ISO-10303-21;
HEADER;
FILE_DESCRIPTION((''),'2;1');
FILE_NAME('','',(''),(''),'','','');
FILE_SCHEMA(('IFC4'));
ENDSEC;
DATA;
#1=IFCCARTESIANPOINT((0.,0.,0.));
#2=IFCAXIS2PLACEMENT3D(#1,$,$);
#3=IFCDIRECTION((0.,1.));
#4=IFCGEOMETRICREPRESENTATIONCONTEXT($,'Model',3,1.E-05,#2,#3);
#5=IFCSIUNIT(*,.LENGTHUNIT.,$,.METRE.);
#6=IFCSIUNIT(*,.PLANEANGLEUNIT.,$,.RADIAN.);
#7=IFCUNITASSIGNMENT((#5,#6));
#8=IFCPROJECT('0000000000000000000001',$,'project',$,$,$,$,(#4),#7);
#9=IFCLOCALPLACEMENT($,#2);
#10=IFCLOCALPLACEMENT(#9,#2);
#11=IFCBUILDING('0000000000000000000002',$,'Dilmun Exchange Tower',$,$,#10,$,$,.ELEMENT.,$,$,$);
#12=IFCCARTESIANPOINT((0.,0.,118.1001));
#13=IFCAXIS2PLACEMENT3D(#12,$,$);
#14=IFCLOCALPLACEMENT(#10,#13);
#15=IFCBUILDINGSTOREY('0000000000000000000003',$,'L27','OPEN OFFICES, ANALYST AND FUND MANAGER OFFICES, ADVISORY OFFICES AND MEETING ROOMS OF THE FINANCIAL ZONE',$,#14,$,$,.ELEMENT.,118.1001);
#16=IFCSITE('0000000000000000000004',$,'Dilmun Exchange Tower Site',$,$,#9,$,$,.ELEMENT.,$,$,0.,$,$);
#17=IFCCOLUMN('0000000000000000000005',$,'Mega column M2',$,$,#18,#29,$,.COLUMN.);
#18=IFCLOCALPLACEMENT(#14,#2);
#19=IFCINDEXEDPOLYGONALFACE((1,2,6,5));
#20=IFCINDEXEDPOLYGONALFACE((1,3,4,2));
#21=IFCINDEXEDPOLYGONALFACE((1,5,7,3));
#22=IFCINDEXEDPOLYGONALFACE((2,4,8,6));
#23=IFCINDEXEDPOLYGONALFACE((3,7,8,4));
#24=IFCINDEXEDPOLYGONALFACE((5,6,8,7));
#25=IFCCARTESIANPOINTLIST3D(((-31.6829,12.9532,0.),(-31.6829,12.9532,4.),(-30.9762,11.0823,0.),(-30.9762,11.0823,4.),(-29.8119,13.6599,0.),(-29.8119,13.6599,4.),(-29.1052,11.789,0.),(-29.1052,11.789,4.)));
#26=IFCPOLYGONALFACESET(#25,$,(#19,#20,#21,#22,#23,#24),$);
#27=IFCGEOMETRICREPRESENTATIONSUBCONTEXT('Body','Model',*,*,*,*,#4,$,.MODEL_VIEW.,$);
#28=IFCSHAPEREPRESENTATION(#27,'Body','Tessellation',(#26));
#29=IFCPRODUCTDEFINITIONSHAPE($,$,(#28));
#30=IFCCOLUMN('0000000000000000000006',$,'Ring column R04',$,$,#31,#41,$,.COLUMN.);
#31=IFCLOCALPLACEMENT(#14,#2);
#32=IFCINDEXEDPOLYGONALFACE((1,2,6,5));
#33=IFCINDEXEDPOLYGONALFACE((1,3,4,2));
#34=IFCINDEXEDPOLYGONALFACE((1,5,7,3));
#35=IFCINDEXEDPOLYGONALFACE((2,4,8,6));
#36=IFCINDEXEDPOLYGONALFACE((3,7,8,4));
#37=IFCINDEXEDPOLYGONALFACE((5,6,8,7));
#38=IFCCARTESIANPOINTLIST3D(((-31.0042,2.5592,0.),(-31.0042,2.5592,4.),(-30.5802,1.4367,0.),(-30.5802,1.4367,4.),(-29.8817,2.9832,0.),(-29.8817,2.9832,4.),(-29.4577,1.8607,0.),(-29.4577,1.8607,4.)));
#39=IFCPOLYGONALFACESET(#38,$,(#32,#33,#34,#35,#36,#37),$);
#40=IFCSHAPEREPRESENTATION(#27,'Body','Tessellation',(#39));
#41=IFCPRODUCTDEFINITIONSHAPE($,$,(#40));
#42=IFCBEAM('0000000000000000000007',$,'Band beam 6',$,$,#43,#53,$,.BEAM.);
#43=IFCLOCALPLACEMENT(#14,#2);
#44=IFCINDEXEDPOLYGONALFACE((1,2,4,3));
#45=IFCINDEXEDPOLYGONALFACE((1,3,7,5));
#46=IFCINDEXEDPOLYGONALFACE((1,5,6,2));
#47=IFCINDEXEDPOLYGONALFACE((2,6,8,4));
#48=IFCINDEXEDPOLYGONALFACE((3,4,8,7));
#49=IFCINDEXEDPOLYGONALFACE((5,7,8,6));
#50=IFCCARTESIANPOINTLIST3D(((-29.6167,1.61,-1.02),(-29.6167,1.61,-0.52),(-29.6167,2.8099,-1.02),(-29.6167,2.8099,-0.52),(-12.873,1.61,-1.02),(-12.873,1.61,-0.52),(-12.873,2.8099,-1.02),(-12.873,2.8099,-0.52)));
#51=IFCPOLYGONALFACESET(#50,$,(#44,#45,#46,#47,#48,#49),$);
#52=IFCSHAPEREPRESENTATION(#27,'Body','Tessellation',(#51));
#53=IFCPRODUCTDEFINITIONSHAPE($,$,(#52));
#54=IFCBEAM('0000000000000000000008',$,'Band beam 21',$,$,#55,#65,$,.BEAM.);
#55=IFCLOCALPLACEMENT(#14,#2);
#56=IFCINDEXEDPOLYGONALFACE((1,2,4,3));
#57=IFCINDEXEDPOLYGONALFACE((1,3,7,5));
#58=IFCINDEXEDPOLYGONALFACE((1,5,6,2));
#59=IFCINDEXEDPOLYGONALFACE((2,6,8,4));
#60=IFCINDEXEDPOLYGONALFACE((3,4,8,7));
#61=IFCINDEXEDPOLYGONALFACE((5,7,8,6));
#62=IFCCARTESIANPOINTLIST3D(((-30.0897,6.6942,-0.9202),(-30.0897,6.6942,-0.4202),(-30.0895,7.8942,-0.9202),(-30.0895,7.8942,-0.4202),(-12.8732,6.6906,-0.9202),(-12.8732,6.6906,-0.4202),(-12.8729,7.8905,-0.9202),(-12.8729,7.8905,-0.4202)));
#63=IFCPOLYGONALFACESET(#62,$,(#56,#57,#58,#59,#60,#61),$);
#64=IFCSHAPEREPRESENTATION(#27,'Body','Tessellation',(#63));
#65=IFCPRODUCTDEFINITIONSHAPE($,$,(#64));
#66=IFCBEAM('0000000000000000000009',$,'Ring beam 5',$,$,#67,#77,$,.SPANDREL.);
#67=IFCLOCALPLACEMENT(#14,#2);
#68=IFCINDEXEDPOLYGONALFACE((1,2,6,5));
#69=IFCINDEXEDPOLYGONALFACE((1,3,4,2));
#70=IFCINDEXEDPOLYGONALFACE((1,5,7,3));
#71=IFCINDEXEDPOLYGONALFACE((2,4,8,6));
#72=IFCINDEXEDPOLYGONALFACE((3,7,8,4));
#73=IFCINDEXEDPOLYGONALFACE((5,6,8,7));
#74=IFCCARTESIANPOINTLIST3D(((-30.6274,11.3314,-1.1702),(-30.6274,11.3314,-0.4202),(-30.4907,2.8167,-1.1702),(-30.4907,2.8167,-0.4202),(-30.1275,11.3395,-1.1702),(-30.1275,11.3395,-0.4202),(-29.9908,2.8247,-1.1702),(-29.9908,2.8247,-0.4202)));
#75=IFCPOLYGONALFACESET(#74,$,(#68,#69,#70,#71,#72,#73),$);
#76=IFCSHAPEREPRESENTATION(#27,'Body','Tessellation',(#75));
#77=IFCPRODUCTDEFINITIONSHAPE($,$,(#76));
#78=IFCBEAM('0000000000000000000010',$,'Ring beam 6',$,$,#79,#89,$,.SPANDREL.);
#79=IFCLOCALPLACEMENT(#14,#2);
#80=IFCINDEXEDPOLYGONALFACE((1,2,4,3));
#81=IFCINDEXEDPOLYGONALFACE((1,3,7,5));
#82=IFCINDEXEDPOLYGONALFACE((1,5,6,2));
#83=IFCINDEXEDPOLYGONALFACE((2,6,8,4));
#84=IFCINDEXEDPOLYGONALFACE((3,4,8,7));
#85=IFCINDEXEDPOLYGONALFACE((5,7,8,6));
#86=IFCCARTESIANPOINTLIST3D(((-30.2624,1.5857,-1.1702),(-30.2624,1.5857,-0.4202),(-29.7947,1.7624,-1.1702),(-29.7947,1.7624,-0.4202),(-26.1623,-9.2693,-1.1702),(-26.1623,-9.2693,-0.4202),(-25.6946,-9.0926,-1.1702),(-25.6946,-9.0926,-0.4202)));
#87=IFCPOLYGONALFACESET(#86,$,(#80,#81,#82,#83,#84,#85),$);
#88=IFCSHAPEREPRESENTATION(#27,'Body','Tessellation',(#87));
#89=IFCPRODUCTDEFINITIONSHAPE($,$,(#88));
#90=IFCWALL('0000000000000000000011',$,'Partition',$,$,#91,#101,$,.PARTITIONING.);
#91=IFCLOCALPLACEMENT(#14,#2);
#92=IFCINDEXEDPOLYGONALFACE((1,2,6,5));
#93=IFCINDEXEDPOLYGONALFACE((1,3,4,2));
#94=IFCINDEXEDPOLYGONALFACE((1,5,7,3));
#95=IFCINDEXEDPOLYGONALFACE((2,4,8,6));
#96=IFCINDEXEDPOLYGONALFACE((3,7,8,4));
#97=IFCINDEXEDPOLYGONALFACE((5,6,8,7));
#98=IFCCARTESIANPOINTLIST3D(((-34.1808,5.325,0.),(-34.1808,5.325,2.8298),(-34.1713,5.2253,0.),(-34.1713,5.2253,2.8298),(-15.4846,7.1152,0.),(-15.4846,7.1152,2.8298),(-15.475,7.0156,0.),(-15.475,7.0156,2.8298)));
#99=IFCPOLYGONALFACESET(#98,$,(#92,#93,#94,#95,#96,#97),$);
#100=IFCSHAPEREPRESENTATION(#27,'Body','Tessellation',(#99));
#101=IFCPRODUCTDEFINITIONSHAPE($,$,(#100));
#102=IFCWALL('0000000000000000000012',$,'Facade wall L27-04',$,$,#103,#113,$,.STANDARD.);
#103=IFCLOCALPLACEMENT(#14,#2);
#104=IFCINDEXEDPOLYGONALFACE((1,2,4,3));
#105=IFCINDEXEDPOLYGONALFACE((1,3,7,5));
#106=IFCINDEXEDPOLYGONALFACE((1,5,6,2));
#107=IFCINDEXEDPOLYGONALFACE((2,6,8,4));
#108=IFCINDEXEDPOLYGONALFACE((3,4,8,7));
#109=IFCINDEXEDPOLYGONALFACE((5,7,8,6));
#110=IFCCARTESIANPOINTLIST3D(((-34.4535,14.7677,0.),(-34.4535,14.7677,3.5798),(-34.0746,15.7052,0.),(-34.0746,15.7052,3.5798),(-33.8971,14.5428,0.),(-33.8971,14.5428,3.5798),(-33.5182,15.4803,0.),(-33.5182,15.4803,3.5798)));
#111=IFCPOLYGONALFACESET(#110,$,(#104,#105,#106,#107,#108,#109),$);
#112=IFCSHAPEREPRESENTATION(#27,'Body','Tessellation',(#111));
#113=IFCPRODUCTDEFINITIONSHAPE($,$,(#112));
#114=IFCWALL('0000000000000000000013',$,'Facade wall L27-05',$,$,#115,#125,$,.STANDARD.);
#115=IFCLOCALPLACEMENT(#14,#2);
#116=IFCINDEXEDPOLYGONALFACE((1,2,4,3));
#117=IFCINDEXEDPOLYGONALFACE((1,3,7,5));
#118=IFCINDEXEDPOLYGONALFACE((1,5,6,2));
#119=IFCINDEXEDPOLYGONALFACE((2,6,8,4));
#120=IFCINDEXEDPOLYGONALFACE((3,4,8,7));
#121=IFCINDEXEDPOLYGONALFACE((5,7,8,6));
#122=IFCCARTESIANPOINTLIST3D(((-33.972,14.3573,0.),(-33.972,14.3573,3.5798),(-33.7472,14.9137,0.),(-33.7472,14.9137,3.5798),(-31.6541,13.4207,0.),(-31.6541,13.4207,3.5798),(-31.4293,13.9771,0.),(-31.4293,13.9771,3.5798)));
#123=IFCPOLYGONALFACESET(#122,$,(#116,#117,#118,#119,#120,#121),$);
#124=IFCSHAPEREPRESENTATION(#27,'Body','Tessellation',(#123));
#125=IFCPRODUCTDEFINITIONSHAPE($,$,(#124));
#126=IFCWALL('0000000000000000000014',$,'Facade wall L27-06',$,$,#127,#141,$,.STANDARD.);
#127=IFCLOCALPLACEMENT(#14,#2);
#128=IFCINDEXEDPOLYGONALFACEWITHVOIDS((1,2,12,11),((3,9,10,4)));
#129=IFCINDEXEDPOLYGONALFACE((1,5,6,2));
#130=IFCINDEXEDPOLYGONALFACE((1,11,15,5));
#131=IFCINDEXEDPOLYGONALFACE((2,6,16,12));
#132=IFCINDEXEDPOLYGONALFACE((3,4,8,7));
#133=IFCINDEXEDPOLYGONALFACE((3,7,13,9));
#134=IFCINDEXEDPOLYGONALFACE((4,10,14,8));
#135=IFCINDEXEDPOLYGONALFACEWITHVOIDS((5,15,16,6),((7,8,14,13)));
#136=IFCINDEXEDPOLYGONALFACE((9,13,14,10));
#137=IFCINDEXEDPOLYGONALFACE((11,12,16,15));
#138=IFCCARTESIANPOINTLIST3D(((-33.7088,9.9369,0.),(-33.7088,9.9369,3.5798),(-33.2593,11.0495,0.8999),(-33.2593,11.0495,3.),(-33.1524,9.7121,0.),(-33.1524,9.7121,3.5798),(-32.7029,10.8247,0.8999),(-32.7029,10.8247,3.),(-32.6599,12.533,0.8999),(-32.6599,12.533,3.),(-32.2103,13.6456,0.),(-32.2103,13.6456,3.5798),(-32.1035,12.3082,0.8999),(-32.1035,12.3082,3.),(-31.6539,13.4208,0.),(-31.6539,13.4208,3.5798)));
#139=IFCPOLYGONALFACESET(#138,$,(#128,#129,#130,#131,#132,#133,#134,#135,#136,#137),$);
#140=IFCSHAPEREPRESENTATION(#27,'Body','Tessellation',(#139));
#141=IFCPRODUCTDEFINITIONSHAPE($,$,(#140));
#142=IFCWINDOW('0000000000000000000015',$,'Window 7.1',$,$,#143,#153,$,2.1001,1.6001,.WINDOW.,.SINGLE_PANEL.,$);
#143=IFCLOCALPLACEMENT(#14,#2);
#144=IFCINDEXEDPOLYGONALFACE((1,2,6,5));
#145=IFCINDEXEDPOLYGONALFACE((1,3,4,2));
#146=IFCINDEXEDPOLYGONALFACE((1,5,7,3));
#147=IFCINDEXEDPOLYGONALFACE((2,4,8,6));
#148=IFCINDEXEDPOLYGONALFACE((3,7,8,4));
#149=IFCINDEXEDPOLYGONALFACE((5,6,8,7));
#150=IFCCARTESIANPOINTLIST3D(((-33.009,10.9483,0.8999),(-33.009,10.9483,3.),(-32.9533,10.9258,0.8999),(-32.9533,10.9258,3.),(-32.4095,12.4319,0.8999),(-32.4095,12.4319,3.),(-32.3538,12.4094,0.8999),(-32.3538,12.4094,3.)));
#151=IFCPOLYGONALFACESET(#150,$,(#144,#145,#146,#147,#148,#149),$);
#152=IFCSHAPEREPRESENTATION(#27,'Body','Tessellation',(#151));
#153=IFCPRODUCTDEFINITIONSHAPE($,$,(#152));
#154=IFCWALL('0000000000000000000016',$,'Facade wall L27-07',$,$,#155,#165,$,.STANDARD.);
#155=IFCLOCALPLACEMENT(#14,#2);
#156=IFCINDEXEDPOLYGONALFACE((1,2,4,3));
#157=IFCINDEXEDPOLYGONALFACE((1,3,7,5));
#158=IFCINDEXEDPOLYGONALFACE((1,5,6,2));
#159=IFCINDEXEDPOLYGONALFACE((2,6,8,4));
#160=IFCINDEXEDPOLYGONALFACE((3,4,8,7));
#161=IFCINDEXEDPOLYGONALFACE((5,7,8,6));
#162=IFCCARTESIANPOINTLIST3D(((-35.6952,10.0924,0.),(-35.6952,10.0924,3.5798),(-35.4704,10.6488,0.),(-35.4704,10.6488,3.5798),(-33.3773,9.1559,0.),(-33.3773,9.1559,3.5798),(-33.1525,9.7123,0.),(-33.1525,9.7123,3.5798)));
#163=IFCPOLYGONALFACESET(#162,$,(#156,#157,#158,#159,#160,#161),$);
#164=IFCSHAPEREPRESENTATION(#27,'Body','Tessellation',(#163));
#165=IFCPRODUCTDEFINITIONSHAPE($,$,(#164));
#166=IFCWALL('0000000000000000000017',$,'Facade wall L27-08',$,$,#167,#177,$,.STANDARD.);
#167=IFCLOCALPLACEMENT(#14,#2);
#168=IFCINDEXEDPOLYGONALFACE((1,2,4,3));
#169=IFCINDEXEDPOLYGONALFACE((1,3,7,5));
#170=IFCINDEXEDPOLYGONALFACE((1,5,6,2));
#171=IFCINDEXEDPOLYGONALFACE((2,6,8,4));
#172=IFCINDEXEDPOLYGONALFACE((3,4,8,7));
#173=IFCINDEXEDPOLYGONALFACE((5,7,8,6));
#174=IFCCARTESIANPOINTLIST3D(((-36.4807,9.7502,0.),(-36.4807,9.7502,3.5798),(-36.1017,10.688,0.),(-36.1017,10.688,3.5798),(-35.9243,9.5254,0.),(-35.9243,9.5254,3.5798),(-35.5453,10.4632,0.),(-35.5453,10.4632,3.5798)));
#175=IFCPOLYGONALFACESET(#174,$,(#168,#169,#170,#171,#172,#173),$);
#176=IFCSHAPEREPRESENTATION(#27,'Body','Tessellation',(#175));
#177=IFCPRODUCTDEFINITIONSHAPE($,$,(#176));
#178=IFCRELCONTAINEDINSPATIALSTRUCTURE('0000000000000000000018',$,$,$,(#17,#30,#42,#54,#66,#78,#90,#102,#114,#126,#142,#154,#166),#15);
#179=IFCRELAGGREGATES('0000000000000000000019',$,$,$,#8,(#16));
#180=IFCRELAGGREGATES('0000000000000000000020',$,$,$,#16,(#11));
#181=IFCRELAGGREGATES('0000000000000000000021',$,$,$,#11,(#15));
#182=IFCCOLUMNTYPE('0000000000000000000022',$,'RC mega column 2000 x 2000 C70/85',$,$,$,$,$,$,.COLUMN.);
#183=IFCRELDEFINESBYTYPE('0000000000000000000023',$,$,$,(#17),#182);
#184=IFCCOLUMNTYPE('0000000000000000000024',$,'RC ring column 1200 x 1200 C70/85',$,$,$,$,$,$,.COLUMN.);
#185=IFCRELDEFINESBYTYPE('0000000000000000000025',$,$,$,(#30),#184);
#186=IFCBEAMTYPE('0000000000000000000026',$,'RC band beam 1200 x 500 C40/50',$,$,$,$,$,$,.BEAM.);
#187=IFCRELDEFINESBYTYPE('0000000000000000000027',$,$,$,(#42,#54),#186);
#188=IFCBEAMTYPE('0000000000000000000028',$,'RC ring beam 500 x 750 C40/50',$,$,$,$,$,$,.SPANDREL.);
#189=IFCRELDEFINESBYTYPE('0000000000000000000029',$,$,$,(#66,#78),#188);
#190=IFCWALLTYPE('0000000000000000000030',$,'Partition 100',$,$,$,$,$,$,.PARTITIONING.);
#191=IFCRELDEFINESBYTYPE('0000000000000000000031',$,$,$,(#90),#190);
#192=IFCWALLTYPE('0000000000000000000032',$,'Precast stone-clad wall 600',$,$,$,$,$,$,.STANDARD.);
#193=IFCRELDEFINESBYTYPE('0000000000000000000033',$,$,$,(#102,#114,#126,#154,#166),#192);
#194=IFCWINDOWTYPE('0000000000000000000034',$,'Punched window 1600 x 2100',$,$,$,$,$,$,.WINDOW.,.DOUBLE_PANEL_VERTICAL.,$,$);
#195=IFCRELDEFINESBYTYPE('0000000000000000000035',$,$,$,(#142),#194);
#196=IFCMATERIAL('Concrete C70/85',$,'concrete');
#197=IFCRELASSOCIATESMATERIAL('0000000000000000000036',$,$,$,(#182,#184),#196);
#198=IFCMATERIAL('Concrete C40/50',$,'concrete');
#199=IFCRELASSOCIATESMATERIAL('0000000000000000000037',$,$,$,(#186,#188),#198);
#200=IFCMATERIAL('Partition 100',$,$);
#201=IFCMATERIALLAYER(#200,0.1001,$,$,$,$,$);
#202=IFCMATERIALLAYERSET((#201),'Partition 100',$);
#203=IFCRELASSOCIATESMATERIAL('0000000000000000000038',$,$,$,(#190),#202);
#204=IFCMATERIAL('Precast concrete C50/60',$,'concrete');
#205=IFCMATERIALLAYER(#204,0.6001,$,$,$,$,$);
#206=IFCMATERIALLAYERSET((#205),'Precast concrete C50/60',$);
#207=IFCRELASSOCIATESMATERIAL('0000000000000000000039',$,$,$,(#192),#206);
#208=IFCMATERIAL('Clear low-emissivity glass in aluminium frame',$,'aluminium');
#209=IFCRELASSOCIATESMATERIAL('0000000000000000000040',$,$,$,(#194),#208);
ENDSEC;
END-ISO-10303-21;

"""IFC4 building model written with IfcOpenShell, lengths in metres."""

from ifc_helpers import new_model, si_unit, direction, frame, frame_2d, origin, origin_2d, place, context, subcontext, project, spatial, rectangle, extrude, material, layer, layer_set, material_profile, profile_set, type_object, element, fill, save


model = new_model("IFC4")

# Units and contexts
model_context = context("Model", 3, precision=1e-05, world=origin(), true_north=direction((0.0, 1.0)))
body_context = subcontext(model_context, "Body", "Model", "MODEL_VIEW")
ifc_project = project(units=[si_unit("LENGTHUNIT", "METRE"), si_unit("PLANEANGLEUNIT", "RADIAN")], contexts=[model_context])

# Site, building, storey
site_placement = place(None, origin())
site = spatial("IfcSite", under=ifc_project, at=site_placement, Name="Dilmun Exchange Tower Site", CompositionType="ELEMENT", RefElevation=0.0)
building_placement = place(site_placement, origin())
building = spatial("IfcBuilding", under=site, at=building_placement, Name="Dilmun Exchange Tower", CompositionType="ELEMENT")
storey_placement = place(building_placement, frame((0.0, 0.0, 118.1001)))
storey = spatial("IfcBuildingStorey", under=building, at=storey_placement, Name="L27", Description="OPEN OFFICES, ANALYST AND FUND MANAGER OFFICES, ADVISORY OFFICES AND MEETING ROOMS OF THE FINANCIAL ZONE", CompositionType="ELEMENT", Elevation=118.1001)

# Columns
ifc_material_1 = material(Name="Concrete C70/85", Category="concrete")
ifc_material_profile_1 = material_profile(ifc_material_1, rectangle(XDim=2.0, YDim=2.0, at=origin_2d()), Name="2000 x 2000")
ifc_profile_set_1 = profile_set([ifc_material_profile_1], Name="Concrete C70/85")
column_type_1 = type_object("IfcColumnType", Name="RC mega column 2000 x 2000 C70/85", PredefinedType="COLUMN", material=ifc_profile_set_1)
column_1_placement = place(storey_placement, frame((-30.394, 12.3711, 0.0), z_axis=(0.0, 0.0, 1.0), x_axis=(0.935492, 0.353349, 0.0)))
element("IfcColumn", 1, at=column_1_placement, inside=storey, type_object=column_type_1, Name="Mega column M2", PredefinedType="COLUMN", context=body_context, shape_type="SweptSolid", body=[
    extrude(rectangle(XDim=2.0, YDim=2.0, at=origin_2d()), origin(), (0.0, 0.0, 1.0), 4.0),
])
ifc_material_profile_2 = material_profile(ifc_material_1, rectangle(XDim=1.2, YDim=1.2, at=origin_2d()), Name="1200 x 1200")
ifc_profile_set_2 = profile_set([ifc_material_profile_2], Name="Concrete C70/85")
column_type_2 = type_object("IfcColumnType", Name="RC ring column 1200 x 1200 C70/85", PredefinedType="COLUMN", material=ifc_profile_set_2)
column_2_placement = place(storey_placement, frame((-30.231, 2.21, 0.0), z_axis=(0.0, 0.0, 1.0), x_axis=(0.935492, 0.353349, 0.0)))
element("IfcColumn", 2, at=column_2_placement, inside=storey, type_object=column_type_2, Name="Ring column R04", PredefinedType="COLUMN", context=body_context, shape_type="SweptSolid", body=[
    extrude(rectangle(XDim=1.2, YDim=1.2, at=origin_2d()), origin(), (0.0, 0.0, 1.0), 4.0),
])

# Beams
ifc_material_2 = material(Name="Concrete C40/50", Category="concrete")
ifc_material_profile_3 = material_profile(ifc_material_2, rectangle(XDim=1.2, YDim=0.5, at=origin_2d()), Name="1200 x 500")
ifc_profile_set_3 = profile_set([ifc_material_profile_3], Name="Concrete C40/50")
beam_type_1 = type_object("IfcBeamType", Name="RC band beam 1200 x 500 C40/50", PredefinedType="BEAM", material=ifc_profile_set_3)
beam_1_placement = place(storey_placement, frame((-29.6167, 2.21, -0.77), z_axis=(1.0, 0.0, 0.0), x_axis=(0.0, 1.0, 0.0)))
element("IfcBeam", 3, at=beam_1_placement, inside=storey, type_object=beam_type_1, Name="Band beam 6", PredefinedType="BEAM", context=body_context, shape_type="SweptSolid", body=[
    extrude(rectangle(XDim=1.2, YDim=0.5, at=origin_2d()), origin(), (0.0, 0.0, 1.0), 16.7437),
])
beam_2_placement = place(storey_placement, frame((-30.0896, 7.2942, -0.6702), z_axis=(1.0, -0.000213, 0.0), x_axis=(0.000213, 1.0, 0.0)))
element("IfcBeam", 4, at=beam_2_placement, inside=storey, type_object=beam_type_1, Name="Band beam 21", PredefinedType="BEAM", context=body_context, shape_type="SweptSolid", body=[
    extrude(rectangle(XDim=1.2, YDim=0.5, at=origin_2d()), origin(), (0.0, 0.0, 1.0), 17.2166),
])
ifc_material_profile_4 = material_profile(ifc_material_2, rectangle(XDim=0.5, YDim=0.75, at=origin_2d()), Name="500 x 750")
ifc_profile_set_4 = profile_set([ifc_material_profile_4], Name="Concrete C40/50")
beam_type_2 = type_object("IfcBeamType", Name="RC ring beam 500 x 750 C40/50", PredefinedType="SPANDREL", material=ifc_profile_set_4)
beam_3_placement = place(storey_placement, frame((-30.3774, 11.3354, -0.7952), z_axis=(0.016054, -0.999871, 0.0), x_axis=(0.999871, 0.016054, 0.0)))
element("IfcBeam", 5, at=beam_3_placement, inside=storey, type_object=beam_type_2, Name="Ring beam 5", PredefinedType="SPANDREL", context=body_context, shape_type="SweptSolid", body=[
    extrude(rectangle(XDim=0.5, YDim=0.75, at=origin_2d()), origin(), (0.0, 0.0, 1.0), 8.5159),
])
beam_4_placement = place(storey_placement, frame((-30.0286, 1.6741, -0.7952), z_axis=(0.35335, -0.935491, 0.0), x_axis=(0.935491, 0.35335, 0.0)))
element("IfcBeam", 6, at=beam_4_placement, inside=storey, type_object=beam_type_2, Name="Ring beam 6", PredefinedType="SPANDREL", context=body_context, shape_type="SweptSolid", body=[
    extrude(rectangle(XDim=0.5, YDim=0.75, at=origin_2d()), origin(), (0.0, 0.0, 1.0), 11.6035),
])

# Walls
ifc_material_3 = material(Name="Partition 100")
ifc_layer_1 = layer(ifc_material_3, 0.1001)
ifc_layer_set_1 = layer_set([ifc_layer_1], Name="Partition 100")
wall_type_1 = type_object("IfcWallType", Name="Partition 100", PredefinedType="PARTITIONING", material=ifc_layer_set_1)
wall_1_placement = place(storey_placement, frame((-34.176, 5.2751, 0.0), z_axis=(0.0, 0.0, 1.0), x_axis=(0.995447, 0.09532, 0.0)))
element("IfcWall", 7, at=wall_1_placement, inside=storey, type_object=wall_type_1, Name="Partition", PredefinedType="PARTITIONING", context=body_context, shape_type="SweptSolid", body=[
    extrude(rectangle(XDim=18.7817, YDim=0.1001, at=frame_2d((9.3909, 0.0))), origin(), (0.0, 0.0, 1.0), 2.8298),
])
ifc_material_4 = material(Name="Precast concrete C50/60", Category="concrete")
ifc_layer_2 = layer(ifc_material_4, 0.6001)
ifc_layer_set_2 = layer_set([ifc_layer_2], Name="Precast concrete C50/60")
wall_type_2 = type_object("IfcWallType", Name="Precast stone-clad wall 600", PredefinedType="STANDARD", material=ifc_layer_set_2)
wall_2_placement = place(storey_placement, frame((-33.7964, 15.5928, 0.0), z_axis=(0.0, 0.0, 1.0), x_axis=(-0.374719, -0.927139, 0.0)))
element("IfcWall", 8, at=wall_2_placement, inside=storey, type_object=wall_type_2, Name="Facade wall L27-04", PredefinedType="STANDARD", context=body_context, shape_type="SweptSolid", body=[
    extrude(rectangle(XDim=1.0112, YDim=0.6001, at=frame_2d((0.5056, 0.0))), origin(), (0.0, 0.0, 1.0), 3.5798),
])
wall_3_placement = place(storey_placement, frame((-33.8596, 14.6355, 0.0), z_axis=(0.0, 0.0, 1.0), x_axis=(0.927178, -0.374621, 0.0)))
element("IfcWall", 9, at=wall_3_placement, inside=storey, type_object=wall_type_2, Name="Facade wall L27-05", PredefinedType="STANDARD", context=body_context, shape_type="SweptSolid", body=[
    extrude(rectangle(XDim=2.5, YDim=0.6001, at=frame_2d((1.25, 0.0))), origin(), (0.0, 0.0, 1.0), 3.5798),
])

# Wall, opening, window
wall_4_placement = place(storey_placement, frame((-31.9321, 13.5332, 0.0), z_axis=(0.0, 0.0, 1.0), x_axis=(-0.37463, -0.927175, 0.0)))
wall_4 = element("IfcWall", 10, at=wall_4_placement, inside=storey, type_object=wall_type_2, Name="Facade wall L27-06", PredefinedType="STANDARD", context=body_context, shape_type="SweptSolid", body=[
    extrude(rectangle(XDim=4.0, YDim=0.6001, at=frame_2d((2.0, 0.0))), origin(), (0.0, 0.0, 1.0), 3.5798),
])
opening_1_placement = place(wall_4_placement, frame((1.2, 0.0, 0.8999)))
opening_1 = element("IfcOpeningElement", 11, at=opening_1_placement, cuts=wall_4, PredefinedType="OPENING", context=body_context, shape_type="SweptSolid", body=[
    extrude(rectangle(XDim=1.6001, YDim=2.1001, at=frame_2d((0.8, 1.05))), frame((0.0, 0.3101, 0.0), z_axis=(0.0, -1.0, 0.0), x_axis=(1.0, 0.0, 0.0)), (0.0, 0.0, 1.0), 0.6201),
])
ifc_material_5 = material(Name="Clear low-emissivity glass in aluminium frame", Category="aluminium")
window_type_1 = type_object("IfcWindowType", Name="Punched window 1600 x 2100", PartitioningType="DOUBLE_PANEL_VERTICAL", PredefinedType="WINDOW", material=ifc_material_5)
window_1_placement = place(opening_1_placement, origin())
window_1 = element("IfcWindow", 12, at=window_1_placement, inside=storey, type_object=window_type_1, Name="Window 7.1", OverallHeight=2.1001, OverallWidth=1.6001, PartitioningType="SINGLE_PANEL", PredefinedType="WINDOW", context=body_context, shape_type="SweptSolid", body=[
    extrude(rectangle(XDim=1.6001, YDim=2.1001, at=frame_2d((0.8, 1.05))), frame((0.0, 0.03, 0.0), z_axis=(0.0, -1.0, 0.0), x_axis=(1.0, 0.0, 0.0)), (0.0, 0.0, 1.0), 0.0601),
])
fill(opening_1, window_1)

# Walls
wall_5_placement = place(storey_placement, frame((-33.2649, 9.4341, 0.0), z_axis=(0.0, 0.0, 1.0), x_axis=(-0.927178, 0.374621, 0.0)))
element("IfcWall", 13, at=wall_5_placement, inside=storey, type_object=wall_type_2, Name="Facade wall L27-07", PredefinedType="STANDARD", context=body_context, shape_type="SweptSolid", body=[
    extrude(rectangle(XDim=2.5, YDim=0.6001, at=frame_2d((1.25, 0.0))), origin(), (0.0, 0.0, 1.0), 3.5798),
])
wall_6_placement = place(storey_placement, frame((-35.8235, 10.5757, 0.0), z_axis=(0.0, 0.0, 1.0), x_axis=(-0.374635, -0.927173, 0.0)))
element("IfcWall", 14, at=wall_6_placement, inside=storey, type_object=wall_type_2, Name="Facade wall L27-08", PredefinedType="STANDARD", context=body_context, shape_type="SweptSolid", body=[
    extrude(rectangle(XDim=1.0115, YDim=0.6001, at=frame_2d((0.5059, 0.0))), origin(), (0.0, 0.0, 1.0), 3.5798),
])

save(model, "model.ifc")
